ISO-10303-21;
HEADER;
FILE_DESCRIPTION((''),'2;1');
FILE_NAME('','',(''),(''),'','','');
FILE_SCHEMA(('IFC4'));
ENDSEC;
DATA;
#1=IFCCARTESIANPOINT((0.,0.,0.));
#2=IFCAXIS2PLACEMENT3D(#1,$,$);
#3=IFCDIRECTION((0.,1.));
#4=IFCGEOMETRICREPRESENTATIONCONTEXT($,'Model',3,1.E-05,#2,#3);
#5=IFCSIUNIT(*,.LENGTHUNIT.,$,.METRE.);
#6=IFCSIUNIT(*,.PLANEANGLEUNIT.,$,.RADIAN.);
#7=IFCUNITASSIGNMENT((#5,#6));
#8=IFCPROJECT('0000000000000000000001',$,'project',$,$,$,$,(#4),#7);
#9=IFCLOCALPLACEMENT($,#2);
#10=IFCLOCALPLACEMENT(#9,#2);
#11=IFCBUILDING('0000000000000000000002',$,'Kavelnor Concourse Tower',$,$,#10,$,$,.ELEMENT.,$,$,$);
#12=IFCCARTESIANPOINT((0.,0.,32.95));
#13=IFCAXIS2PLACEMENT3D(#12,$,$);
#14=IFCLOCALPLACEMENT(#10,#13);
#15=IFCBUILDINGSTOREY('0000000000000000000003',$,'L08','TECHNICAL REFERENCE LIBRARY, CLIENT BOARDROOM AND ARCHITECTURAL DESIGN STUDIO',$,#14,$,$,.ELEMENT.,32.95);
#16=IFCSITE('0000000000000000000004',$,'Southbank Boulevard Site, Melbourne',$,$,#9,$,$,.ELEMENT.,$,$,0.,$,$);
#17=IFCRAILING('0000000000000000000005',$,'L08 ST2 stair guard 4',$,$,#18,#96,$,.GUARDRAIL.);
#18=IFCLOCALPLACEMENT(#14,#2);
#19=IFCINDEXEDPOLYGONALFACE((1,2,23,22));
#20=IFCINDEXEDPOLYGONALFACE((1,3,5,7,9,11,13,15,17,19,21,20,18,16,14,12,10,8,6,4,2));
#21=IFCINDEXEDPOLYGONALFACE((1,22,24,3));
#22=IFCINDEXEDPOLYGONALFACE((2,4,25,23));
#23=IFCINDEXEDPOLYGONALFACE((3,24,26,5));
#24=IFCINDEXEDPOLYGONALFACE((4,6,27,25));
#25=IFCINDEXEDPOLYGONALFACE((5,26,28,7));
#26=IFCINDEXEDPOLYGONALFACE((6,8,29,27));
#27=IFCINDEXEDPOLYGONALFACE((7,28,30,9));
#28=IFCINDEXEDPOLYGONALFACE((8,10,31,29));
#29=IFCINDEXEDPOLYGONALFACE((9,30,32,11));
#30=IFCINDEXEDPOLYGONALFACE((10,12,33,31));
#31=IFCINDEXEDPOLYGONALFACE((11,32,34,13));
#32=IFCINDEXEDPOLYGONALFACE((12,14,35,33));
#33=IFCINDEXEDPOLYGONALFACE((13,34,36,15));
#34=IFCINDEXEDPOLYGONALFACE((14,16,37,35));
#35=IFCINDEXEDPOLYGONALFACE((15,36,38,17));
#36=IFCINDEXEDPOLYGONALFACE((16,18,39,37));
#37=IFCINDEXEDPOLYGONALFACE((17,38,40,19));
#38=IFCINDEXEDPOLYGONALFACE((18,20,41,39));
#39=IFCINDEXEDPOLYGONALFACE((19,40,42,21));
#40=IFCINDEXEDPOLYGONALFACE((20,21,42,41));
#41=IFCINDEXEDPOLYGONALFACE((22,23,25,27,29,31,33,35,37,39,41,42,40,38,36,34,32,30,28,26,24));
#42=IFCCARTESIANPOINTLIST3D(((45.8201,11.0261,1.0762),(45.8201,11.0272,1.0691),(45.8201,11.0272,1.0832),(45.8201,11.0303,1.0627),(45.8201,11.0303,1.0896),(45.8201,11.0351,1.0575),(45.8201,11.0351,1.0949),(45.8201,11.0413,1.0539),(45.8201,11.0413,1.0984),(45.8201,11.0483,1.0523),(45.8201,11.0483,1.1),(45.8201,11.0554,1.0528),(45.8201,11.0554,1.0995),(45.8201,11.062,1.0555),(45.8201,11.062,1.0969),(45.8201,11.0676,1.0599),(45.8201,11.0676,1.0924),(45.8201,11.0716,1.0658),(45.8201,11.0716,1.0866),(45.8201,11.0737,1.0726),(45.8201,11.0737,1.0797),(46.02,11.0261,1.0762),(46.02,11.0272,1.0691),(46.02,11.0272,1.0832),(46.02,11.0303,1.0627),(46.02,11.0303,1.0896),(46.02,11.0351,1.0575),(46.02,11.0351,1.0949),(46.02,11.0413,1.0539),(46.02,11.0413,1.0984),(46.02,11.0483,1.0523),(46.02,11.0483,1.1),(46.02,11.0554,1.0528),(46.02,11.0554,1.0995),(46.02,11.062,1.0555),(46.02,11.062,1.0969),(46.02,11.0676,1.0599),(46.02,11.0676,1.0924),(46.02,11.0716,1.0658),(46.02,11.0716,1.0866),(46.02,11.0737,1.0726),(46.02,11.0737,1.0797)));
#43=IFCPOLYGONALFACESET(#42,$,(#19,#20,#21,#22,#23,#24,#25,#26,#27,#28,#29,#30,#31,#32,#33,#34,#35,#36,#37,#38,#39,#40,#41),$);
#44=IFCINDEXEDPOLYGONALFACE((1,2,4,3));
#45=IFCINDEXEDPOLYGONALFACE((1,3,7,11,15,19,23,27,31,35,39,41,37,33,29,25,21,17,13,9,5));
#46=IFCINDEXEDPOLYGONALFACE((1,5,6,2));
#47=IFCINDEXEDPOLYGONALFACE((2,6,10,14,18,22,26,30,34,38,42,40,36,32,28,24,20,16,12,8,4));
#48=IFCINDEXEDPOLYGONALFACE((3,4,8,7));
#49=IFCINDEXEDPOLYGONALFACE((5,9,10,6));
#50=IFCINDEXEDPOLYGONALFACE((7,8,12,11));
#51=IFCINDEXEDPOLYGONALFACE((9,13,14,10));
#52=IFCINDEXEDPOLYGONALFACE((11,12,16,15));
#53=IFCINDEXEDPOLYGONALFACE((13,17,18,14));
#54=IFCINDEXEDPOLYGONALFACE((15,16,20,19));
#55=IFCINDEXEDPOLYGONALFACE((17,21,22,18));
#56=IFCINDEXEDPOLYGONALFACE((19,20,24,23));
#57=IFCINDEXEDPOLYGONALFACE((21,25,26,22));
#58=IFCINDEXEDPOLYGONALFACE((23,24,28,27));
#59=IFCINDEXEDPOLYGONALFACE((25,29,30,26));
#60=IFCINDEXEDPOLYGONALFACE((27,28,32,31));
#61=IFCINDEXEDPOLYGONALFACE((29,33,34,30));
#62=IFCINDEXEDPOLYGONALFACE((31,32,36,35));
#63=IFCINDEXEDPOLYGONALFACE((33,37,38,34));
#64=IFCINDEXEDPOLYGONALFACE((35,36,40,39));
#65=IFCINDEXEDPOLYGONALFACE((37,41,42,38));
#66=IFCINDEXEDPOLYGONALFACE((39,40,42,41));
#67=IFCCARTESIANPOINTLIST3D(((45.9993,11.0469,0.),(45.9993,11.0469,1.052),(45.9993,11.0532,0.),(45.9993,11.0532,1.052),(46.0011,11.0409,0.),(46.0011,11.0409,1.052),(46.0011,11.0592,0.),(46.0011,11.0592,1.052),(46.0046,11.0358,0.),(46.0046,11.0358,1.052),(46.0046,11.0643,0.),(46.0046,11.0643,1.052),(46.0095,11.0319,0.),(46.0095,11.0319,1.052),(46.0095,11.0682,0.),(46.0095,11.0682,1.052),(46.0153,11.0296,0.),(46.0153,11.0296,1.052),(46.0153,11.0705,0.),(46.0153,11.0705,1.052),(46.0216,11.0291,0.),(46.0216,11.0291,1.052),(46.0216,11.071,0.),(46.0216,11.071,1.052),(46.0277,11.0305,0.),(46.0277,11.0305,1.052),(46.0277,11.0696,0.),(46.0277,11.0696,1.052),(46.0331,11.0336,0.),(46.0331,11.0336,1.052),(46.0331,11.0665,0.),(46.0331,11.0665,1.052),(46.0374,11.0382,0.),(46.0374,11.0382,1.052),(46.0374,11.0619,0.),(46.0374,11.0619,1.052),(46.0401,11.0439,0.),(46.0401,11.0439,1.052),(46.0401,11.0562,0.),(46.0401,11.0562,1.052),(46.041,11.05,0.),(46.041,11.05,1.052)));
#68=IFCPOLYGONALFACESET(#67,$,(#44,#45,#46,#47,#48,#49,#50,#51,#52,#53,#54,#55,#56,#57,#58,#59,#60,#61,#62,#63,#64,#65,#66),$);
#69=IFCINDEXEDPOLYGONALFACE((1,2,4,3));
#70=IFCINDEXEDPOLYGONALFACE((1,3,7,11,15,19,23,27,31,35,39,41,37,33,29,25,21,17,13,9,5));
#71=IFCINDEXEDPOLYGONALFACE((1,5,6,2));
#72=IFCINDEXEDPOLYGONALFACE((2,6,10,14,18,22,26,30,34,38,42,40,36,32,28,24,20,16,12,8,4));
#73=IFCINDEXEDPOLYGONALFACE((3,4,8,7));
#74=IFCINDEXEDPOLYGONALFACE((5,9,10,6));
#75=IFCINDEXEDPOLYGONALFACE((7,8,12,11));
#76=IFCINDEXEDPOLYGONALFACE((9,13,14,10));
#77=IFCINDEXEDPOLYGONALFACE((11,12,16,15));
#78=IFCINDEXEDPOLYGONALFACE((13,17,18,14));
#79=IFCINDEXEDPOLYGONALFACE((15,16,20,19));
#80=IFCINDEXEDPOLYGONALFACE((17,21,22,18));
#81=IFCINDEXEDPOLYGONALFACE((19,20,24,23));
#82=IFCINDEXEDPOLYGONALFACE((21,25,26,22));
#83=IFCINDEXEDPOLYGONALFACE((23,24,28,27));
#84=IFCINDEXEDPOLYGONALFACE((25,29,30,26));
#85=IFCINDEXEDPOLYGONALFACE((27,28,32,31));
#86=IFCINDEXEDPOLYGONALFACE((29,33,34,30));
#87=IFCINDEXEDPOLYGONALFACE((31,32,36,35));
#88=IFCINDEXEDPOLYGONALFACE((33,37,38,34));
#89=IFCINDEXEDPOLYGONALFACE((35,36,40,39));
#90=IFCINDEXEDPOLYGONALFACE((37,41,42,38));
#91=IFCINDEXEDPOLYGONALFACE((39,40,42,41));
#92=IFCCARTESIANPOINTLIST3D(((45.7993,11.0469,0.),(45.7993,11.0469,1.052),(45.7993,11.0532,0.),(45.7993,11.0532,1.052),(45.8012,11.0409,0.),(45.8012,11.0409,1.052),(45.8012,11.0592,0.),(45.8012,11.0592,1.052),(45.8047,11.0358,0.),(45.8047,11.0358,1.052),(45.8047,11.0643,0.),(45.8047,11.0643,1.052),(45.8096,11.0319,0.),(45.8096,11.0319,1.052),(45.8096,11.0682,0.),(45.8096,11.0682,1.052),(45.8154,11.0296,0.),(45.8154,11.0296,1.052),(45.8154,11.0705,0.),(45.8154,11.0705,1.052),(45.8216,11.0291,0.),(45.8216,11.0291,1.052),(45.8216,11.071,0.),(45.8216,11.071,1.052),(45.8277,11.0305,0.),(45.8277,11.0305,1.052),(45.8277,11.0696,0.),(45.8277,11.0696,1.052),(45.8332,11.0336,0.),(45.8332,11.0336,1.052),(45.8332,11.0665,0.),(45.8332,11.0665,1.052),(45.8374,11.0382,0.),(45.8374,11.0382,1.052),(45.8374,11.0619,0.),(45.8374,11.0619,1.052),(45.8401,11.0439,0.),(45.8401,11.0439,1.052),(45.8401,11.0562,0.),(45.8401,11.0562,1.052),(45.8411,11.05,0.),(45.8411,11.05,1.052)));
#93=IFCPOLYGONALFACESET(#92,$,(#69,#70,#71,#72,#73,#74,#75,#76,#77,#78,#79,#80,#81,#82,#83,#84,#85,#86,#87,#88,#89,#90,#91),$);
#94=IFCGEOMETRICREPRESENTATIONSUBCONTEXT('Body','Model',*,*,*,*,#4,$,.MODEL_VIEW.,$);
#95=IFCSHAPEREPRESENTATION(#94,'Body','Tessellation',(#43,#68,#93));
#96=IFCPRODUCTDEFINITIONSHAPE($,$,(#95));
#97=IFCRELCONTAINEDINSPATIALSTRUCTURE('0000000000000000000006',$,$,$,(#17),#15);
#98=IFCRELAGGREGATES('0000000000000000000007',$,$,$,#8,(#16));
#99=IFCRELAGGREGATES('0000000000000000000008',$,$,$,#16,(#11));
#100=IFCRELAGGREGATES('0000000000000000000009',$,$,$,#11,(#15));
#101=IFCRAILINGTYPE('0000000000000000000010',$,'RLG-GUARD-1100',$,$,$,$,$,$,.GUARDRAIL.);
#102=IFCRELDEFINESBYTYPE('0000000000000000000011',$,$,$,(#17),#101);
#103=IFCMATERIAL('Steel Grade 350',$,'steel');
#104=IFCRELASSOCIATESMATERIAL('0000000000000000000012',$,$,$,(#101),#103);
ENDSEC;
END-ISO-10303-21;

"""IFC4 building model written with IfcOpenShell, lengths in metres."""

from ifc_helpers import new_model, si_unit, direction, frame, origin, origin_2d, place, context, subcontext, project, spatial, circle, extrude, material, type_object, element, save


model = new_model("IFC4")

# Units and contexts
model_context = context("Model", 3, precision=1e-05, world=origin(), true_north=direction((0.0, 1.0)))
body_context = subcontext(model_context, "Body", "Model", "MODEL_VIEW")
ifc_project = project(units=[si_unit("LENGTHUNIT", "METRE"), si_unit("PLANEANGLEUNIT", "RADIAN")], contexts=[model_context])

# Site, building, storey
site_placement = place(None, origin())
site = spatial("IfcSite", under=ifc_project, at=site_placement, Name="Southbank Boulevard Site, Melbourne", CompositionType="ELEMENT", RefElevation=0.0)
building_placement = place(site_placement, origin())
building = spatial("IfcBuilding", under=site, at=building_placement, Name="Kavelnor Concourse Tower", CompositionType="ELEMENT")
storey_placement = place(building_placement, frame((0.0, 0.0, 32.95)))
storey = spatial("IfcBuildingStorey", under=building, at=storey_placement, Name="L08", Description="TECHNICAL REFERENCE LIBRARY, CLIENT BOARDROOM AND ARCHITECTURAL DESIGN STUDIO", CompositionType="ELEMENT", Elevation=32.95)

# Shared definitions
ifc_material_1 = material(Name="Steel Grade 350", Category="steel")

# Railing
railing_type_1 = type_object("IfcRailingType", Name="RLG-GUARD-1100", PredefinedType="GUARDRAIL", material=ifc_material_1)
railing_1_placement = place(storey_placement, frame((46.02, 11.05, 0.0)))
element("IfcRailing", 1, at=railing_1_placement, inside=storey, type_object=railing_type_1, Name="L08 ST2 stair guard 4", PredefinedType="GUARDRAIL", context=body_context, shape_type="SweptSolid", body=[
    extrude(circle(Radius=0.0239, at=origin_2d()), frame((0.0, 0.0, 1.0762), z_axis=(-1.0, 0.0, 0.0), x_axis=(0.0, -1.0, 0.0)), (0.0, 0.0, 1.0), 0.2),
    extrude(circle(Radius=0.021, at=origin_2d()), origin(), (0.0, 0.0, 1.0), 1.052),
    extrude(circle(Radius=0.021, at=origin_2d()), frame((-0.2, 0.0, 0.0)), (0.0, 0.0, 1.0), 1.052),
])

save(model, "model.ifc")
